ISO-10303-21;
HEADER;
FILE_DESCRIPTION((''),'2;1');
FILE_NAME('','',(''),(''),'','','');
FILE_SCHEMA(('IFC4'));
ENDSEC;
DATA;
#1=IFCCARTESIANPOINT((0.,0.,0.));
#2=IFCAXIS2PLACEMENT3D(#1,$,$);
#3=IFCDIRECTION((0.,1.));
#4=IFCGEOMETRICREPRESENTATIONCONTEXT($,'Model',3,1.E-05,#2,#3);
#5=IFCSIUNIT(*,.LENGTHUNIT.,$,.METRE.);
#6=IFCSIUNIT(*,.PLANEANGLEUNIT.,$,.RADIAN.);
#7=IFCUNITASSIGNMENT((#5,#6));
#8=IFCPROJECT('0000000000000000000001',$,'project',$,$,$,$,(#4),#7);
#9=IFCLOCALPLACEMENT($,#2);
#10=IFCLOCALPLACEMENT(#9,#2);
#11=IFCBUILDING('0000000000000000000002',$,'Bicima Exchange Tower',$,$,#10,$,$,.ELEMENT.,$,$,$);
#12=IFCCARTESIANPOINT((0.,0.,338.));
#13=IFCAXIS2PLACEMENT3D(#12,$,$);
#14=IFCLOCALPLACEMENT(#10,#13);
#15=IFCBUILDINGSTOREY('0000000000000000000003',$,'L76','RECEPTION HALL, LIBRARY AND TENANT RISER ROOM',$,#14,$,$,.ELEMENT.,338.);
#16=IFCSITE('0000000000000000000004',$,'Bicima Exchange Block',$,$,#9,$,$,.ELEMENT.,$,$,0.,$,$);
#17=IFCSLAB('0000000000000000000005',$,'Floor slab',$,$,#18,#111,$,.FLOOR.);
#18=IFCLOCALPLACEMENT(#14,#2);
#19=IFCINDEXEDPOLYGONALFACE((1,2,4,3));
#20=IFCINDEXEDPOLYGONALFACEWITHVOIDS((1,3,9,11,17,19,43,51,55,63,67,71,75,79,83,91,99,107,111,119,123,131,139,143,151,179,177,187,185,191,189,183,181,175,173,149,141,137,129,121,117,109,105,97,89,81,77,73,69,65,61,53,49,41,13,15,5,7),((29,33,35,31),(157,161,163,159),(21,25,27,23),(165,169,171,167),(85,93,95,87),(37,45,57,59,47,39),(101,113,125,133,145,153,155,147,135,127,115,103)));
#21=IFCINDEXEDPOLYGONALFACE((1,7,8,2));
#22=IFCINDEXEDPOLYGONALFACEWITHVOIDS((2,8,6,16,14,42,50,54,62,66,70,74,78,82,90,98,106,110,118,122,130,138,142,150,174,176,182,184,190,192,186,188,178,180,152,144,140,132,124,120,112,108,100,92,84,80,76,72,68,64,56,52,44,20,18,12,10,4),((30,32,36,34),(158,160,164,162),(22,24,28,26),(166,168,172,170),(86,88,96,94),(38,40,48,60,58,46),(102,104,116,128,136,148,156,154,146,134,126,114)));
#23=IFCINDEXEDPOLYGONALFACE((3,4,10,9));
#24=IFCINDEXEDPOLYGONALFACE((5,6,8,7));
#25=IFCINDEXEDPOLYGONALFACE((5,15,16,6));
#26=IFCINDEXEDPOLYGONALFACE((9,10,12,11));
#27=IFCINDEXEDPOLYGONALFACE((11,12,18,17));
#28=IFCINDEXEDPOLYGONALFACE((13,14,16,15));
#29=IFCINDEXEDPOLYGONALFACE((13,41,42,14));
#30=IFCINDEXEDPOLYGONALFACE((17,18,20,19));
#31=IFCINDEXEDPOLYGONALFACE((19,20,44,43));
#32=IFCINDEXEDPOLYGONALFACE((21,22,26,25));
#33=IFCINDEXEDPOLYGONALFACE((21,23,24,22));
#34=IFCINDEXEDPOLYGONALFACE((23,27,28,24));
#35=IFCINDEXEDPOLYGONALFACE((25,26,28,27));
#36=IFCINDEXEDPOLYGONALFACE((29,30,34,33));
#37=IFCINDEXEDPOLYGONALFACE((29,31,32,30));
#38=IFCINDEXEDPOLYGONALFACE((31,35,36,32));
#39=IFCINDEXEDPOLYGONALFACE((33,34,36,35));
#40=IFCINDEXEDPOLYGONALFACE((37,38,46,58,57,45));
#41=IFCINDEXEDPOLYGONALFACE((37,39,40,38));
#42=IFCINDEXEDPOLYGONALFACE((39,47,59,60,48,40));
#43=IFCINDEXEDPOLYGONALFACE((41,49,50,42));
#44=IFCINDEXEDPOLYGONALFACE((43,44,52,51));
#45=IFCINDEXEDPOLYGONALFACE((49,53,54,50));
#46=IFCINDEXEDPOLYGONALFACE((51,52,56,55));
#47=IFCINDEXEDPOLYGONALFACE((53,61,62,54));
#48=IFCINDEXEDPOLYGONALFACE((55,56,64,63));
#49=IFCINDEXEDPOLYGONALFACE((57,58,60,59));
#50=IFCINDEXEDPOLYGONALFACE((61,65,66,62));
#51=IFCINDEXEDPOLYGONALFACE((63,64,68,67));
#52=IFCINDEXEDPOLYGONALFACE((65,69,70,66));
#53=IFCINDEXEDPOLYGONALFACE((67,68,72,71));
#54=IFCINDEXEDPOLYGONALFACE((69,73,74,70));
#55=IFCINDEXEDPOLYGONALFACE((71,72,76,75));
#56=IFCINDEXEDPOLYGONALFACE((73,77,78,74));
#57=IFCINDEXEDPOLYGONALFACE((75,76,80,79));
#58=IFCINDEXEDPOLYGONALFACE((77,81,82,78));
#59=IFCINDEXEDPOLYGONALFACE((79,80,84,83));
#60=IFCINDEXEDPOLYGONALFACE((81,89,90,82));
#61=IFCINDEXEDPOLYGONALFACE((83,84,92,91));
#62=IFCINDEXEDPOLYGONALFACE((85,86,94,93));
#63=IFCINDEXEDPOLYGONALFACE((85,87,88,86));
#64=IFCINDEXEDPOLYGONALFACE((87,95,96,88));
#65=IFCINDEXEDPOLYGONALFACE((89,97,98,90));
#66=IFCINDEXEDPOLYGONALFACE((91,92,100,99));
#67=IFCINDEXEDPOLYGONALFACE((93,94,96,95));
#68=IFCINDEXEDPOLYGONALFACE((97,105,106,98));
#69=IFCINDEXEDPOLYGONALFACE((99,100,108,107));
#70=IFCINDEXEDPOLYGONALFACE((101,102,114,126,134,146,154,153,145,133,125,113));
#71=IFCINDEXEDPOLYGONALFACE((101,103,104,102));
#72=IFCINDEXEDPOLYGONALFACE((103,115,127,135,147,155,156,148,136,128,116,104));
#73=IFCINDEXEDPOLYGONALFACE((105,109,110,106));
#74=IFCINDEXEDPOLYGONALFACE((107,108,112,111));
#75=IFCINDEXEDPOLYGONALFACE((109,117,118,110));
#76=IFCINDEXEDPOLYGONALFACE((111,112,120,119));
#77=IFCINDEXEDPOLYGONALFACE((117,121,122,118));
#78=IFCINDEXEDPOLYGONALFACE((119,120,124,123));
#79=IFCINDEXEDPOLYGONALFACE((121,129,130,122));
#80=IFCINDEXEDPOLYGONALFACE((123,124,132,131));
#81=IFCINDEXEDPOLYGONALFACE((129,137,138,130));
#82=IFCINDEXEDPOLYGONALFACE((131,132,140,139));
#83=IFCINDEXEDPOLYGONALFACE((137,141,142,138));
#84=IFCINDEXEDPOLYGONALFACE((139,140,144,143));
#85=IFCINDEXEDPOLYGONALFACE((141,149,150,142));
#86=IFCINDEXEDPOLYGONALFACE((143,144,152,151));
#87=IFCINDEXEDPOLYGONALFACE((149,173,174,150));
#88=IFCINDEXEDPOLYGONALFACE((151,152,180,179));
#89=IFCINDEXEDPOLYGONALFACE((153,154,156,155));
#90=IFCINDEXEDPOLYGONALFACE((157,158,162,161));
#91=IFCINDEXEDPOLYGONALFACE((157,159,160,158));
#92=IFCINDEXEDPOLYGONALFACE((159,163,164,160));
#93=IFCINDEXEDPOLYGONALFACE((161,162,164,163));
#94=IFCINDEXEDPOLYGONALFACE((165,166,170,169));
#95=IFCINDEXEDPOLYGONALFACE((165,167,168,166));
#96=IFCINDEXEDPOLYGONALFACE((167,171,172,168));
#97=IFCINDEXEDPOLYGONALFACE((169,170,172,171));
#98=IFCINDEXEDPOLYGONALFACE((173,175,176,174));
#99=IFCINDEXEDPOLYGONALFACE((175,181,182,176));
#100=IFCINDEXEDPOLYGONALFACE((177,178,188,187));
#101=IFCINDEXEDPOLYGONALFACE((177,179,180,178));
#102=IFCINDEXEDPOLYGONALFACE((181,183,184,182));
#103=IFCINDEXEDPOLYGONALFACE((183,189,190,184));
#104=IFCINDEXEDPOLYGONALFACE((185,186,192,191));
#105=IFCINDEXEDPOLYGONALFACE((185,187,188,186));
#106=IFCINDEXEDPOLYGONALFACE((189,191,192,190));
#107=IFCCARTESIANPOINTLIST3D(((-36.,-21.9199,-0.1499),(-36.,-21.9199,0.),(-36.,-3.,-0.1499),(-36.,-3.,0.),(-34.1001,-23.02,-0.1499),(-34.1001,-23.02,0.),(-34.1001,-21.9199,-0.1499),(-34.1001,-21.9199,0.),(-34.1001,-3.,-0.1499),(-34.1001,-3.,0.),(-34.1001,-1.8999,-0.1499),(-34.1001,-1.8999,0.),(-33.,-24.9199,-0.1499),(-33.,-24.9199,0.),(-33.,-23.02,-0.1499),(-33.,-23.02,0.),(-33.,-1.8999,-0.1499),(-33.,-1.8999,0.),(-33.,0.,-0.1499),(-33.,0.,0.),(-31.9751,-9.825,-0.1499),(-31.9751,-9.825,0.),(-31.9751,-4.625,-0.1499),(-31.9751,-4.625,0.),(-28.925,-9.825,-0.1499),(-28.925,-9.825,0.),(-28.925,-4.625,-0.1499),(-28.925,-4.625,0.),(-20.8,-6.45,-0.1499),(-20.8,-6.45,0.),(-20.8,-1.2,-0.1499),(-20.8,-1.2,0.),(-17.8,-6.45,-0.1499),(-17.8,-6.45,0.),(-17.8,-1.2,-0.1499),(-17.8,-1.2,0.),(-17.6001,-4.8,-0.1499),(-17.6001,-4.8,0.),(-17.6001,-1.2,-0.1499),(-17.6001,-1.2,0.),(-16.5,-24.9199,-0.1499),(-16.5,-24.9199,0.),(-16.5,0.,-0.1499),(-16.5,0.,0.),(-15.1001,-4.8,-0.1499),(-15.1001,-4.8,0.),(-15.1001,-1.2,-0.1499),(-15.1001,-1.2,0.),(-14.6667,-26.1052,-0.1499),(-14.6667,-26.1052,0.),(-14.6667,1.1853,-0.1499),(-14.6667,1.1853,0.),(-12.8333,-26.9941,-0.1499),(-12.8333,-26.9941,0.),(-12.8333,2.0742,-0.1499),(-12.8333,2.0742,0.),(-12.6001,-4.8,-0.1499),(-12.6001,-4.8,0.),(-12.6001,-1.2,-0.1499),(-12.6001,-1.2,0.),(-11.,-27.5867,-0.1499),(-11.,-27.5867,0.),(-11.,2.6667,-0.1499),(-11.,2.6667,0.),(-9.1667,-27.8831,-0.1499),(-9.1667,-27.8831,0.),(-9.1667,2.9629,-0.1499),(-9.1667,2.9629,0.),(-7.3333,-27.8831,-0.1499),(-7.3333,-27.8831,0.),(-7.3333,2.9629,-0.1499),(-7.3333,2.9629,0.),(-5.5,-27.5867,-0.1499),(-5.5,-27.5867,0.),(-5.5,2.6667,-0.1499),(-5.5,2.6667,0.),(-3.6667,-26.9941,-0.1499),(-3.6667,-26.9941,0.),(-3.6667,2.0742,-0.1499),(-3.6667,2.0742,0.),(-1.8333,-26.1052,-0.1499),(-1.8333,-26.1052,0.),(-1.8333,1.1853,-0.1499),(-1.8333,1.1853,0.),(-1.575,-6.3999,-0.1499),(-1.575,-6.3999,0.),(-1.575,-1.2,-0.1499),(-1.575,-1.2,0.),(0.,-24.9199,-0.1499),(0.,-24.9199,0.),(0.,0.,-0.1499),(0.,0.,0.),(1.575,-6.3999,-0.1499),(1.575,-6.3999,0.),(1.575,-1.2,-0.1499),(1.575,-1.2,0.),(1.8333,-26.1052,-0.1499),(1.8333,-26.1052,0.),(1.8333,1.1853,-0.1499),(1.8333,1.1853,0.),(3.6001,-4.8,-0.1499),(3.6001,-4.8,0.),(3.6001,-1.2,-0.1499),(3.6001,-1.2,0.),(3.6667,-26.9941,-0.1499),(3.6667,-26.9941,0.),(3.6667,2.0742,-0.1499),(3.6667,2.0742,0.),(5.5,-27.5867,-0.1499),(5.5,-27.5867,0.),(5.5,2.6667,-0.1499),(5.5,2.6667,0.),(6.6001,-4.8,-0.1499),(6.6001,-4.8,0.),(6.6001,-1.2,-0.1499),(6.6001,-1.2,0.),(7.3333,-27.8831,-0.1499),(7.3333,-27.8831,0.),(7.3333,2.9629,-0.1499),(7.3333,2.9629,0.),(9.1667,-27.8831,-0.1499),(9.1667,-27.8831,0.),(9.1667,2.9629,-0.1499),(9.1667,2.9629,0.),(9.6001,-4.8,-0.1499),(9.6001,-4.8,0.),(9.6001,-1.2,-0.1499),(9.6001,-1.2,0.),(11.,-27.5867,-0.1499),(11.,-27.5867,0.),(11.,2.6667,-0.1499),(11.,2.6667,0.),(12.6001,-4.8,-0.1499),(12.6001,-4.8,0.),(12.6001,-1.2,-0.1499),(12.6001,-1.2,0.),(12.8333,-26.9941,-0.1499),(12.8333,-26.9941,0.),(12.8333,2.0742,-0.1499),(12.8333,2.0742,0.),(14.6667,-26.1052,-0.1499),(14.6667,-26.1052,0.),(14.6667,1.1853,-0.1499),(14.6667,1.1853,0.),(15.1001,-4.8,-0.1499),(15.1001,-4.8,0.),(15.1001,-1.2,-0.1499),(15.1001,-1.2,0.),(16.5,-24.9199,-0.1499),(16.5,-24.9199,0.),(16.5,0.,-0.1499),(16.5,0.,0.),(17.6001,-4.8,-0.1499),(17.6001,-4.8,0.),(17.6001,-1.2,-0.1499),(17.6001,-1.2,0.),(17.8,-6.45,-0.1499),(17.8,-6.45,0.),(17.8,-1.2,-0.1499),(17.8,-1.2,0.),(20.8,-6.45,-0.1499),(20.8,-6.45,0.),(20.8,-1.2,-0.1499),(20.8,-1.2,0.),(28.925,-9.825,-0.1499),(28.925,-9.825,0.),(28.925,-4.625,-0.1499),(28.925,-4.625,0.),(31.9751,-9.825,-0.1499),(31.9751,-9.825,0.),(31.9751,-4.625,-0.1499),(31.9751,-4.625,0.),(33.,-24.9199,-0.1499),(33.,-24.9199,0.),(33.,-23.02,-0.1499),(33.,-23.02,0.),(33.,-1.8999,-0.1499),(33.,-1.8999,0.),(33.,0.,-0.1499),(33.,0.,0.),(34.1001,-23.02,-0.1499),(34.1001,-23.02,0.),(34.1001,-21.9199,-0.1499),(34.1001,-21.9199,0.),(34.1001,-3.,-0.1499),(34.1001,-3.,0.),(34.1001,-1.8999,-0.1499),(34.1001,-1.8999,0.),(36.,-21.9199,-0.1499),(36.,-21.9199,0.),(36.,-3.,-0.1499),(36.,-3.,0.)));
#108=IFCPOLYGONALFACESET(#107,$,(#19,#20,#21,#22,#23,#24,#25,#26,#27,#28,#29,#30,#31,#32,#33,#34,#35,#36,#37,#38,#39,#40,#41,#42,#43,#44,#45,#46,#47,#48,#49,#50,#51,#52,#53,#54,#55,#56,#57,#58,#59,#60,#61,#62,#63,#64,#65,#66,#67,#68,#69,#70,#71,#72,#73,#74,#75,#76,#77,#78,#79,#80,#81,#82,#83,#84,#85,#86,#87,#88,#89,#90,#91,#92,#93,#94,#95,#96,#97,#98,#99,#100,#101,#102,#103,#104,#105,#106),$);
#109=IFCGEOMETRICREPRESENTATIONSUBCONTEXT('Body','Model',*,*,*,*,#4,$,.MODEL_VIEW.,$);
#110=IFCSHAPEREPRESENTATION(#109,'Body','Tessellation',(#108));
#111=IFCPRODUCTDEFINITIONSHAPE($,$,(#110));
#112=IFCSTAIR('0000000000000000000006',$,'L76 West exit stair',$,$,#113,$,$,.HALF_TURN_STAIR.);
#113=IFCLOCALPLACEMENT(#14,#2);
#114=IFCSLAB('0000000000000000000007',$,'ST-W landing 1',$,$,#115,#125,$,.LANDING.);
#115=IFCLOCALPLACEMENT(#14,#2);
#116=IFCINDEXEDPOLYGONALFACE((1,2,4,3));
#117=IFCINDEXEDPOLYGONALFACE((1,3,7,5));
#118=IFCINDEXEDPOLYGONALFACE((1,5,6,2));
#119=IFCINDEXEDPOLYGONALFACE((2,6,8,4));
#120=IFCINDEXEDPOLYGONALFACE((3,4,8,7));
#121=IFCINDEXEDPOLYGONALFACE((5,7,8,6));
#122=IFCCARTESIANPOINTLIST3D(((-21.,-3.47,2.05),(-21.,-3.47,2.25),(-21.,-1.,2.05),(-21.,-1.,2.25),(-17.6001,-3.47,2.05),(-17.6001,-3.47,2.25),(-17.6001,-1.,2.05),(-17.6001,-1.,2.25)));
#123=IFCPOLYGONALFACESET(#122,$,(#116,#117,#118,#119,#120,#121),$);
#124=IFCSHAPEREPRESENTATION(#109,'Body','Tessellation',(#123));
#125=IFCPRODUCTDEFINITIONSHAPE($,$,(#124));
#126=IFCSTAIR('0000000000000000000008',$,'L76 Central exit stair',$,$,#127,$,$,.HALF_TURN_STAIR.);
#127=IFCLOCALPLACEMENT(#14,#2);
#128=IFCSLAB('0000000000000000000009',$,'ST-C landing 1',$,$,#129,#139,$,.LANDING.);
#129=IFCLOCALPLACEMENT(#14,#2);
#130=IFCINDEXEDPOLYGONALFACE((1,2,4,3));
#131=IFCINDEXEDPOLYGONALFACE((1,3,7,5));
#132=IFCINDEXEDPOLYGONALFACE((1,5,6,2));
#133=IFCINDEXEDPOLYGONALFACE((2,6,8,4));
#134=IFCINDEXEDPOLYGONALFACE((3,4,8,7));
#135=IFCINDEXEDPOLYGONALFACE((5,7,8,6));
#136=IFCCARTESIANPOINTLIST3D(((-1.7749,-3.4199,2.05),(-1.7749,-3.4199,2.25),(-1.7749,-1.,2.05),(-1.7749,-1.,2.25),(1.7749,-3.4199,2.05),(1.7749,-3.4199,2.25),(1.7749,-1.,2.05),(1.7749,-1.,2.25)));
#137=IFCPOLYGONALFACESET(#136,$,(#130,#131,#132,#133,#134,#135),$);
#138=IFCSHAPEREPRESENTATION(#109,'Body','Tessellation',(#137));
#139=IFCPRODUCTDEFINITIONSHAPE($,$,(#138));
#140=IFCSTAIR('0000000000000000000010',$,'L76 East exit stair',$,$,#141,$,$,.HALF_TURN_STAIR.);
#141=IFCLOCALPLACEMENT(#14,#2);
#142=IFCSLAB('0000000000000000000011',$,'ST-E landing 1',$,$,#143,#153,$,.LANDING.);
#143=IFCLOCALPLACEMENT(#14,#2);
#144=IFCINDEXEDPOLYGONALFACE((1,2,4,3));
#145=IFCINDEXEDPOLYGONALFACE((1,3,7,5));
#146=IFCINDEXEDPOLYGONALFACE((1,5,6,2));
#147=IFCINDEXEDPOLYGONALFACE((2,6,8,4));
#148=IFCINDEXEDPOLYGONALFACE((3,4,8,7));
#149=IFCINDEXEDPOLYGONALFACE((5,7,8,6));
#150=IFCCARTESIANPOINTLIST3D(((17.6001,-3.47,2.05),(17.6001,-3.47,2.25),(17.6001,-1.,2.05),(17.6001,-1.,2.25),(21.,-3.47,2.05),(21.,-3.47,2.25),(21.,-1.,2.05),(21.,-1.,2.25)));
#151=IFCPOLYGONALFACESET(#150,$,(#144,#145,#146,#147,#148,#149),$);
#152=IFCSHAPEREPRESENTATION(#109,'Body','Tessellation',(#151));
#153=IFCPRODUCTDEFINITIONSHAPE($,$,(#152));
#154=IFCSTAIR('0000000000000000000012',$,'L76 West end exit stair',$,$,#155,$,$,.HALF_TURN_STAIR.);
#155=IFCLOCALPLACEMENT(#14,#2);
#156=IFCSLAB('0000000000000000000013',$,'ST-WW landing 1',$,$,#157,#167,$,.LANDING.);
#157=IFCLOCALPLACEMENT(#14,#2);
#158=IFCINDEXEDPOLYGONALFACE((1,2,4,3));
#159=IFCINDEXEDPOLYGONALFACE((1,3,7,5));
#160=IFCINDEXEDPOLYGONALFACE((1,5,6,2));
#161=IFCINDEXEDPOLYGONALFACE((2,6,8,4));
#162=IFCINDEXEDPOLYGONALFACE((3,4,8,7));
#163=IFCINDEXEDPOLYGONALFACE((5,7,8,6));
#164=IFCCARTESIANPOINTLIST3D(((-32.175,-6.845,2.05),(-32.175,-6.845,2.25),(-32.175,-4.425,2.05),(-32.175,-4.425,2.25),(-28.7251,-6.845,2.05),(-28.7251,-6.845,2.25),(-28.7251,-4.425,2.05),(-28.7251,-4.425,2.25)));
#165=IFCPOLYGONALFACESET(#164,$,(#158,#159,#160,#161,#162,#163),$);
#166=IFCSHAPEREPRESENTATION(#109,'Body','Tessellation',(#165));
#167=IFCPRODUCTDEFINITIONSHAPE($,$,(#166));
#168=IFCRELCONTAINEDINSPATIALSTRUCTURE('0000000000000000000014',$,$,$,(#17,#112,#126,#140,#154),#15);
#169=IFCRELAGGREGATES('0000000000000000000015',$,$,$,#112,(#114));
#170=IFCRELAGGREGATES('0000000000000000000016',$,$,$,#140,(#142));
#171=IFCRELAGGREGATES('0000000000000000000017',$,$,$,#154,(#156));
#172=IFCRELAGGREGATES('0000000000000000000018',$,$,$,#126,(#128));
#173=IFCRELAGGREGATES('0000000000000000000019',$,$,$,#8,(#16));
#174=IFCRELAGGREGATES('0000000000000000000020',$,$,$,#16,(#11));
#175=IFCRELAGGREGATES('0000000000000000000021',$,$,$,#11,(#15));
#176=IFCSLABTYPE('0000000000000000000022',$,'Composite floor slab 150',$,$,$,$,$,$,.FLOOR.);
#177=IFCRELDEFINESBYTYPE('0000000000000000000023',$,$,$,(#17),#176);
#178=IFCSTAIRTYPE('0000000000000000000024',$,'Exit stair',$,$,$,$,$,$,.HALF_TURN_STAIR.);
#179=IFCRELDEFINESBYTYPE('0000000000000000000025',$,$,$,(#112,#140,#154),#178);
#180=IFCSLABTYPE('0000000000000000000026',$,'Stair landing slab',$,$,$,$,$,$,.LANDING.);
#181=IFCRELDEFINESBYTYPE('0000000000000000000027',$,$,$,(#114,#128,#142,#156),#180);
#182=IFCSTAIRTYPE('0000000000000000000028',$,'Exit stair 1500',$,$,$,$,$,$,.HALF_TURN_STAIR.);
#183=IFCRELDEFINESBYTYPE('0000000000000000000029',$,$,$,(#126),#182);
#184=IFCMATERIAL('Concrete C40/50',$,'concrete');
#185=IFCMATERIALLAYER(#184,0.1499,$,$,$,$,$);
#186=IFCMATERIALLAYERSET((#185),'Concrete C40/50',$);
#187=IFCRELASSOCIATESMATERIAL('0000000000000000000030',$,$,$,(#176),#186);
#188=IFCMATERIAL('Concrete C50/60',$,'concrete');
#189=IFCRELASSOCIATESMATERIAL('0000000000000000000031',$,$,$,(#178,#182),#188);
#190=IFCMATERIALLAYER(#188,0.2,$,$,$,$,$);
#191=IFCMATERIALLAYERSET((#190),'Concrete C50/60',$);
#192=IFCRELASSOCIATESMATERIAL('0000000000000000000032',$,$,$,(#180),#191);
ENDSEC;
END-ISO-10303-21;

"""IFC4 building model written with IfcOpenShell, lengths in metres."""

from ifc_helpers import new_model, si_unit, direction, frame, origin, place, context, subcontext, project, spatial, polyline, outline, extrude, material, layer, layer_set, type_object, element, aggregate, save


model = new_model("IFC4")

# Units and contexts
model_context = context("Model", 3, precision=1e-05, world=origin(), true_north=direction((0.0, 1.0)))
body_context = subcontext(model_context, "Body", "Model", "MODEL_VIEW")
ifc_project = project(units=[si_unit("LENGTHUNIT", "METRE"), si_unit("PLANEANGLEUNIT", "RADIAN")], contexts=[model_context])

# Site, building, storey
site_placement = place(None, origin())
site = spatial("IfcSite", under=ifc_project, at=site_placement, Name="Bicima Exchange Block", CompositionType="ELEMENT", RefElevation=0.0)
building_placement = place(site_placement, origin())
building = spatial("IfcBuilding", under=site, at=building_placement, Name="Bicima Exchange Tower", CompositionType="ELEMENT")
storey_placement = place(building_placement, frame((0.0, 0.0, 338.0)))
storey = spatial("IfcBuildingStorey", under=building, at=storey_placement, Name="L76", Description="RECEPTION HALL, LIBRARY AND TENANT RISER ROOM", CompositionType="ELEMENT", Elevation=338.0)

# Slab
ifc_material_1 = material(Name="Concrete C40/50", Category="concrete")
ifc_layer_1 = layer(ifc_material_1, 0.1499)
ifc_layer_set_1 = layer_set([ifc_layer_1], Name="Concrete C40/50")
slab_type_1 = type_object("IfcSlabType", Name="Composite floor slab 150", PredefinedType="FLOOR", material=ifc_layer_set_1)
slab_1_placement = place(storey_placement, frame((0.0, 0.0, -0.1499)))
element("IfcSlab", 1, at=slab_1_placement, inside=storey, type_object=slab_type_1, Name="Floor slab", PredefinedType="FLOOR", context=body_context, shape_type="SweptSolid", body=[
    extrude(outline(polyline([(-36.0, -21.9199), (-36.0, -3.0), (-34.1001, -3.0), (-34.1001, -1.8999), (-33.0, -1.8999), (-33.0, 0.0), (-16.5, 0.0), (-14.6667, 1.1853), (-12.8333, 2.0742), (-11.0, 2.6667), (-9.1667, 2.9629), (-7.3333, 2.9629), (-5.5, 2.6667), (-3.6667, 2.0742), (-1.8333, 1.1853), (0.0, 0.0), (1.8333, 1.1853), (3.6667, 2.0742), (5.5, 2.6667), (7.3333, 2.9629), (9.1667, 2.9629), (11.0, 2.6667), (12.8333, 2.0742), (14.6667, 1.1853), (16.5, 0.0), (33.0, 0.0), (33.0, -1.8999), (34.1001, -1.8999), (34.1001, -3.0), (36.0, -3.0), (36.0, -21.9199), (34.1001, -21.9199), (34.1001, -23.02), (33.0, -23.02), (33.0, -24.9199), (16.5, -24.9199), (14.6667, -26.1052), (12.8333, -26.9941), (11.0, -27.5867), (9.1667, -27.8831), (7.3333, -27.8831), (5.5, -27.5867), (3.6667, -26.9941), (1.8333, -26.1052), (0.0, -24.9199), (-1.8333, -26.1052), (-3.6667, -26.9941), (-5.5, -27.5867), (-7.3333, -27.8831), (-9.1667, -27.8831), (-11.0, -27.5867), (-12.8333, -26.9941), (-14.6667, -26.1052), (-16.5, -24.9199), (-33.0, -24.9199), (-33.0, -23.02), (-34.1001, -23.02), (-34.1001, -21.9199), (-36.0, -21.9199)]), holes=[polyline([(-28.925, -9.825), (-28.925, -4.625), (-31.9751, -4.625), (-31.9751, -9.825), (-28.925, -9.825)]), polyline([(-20.8, -6.45), (-17.8, -6.45), (-17.8, -1.2), (-20.8, -1.2), (-20.8, -6.45)]), polyline([(-1.575, -6.3999), (1.575, -6.3999), (1.575, -1.2), (-1.575, -1.2), (-1.575, -6.3999)]), polyline([(-12.6001, -1.2), (-15.1001, -1.2), (-17.6001, -1.2), (-17.6001, -4.8), (-15.1001, -4.8), (-12.6001, -4.8), (-12.6001, -1.2)]), polyline([(3.6001, -4.8), (6.6001, -4.8), (9.6001, -4.8), (12.6001, -4.8), (15.1001, -4.8), (17.6001, -4.8), (17.6001, -1.2), (15.1001, -1.2), (12.6001, -1.2), (9.6001, -1.2), (6.6001, -1.2), (3.6001, -1.2), (3.6001, -4.8)]), polyline([(31.9751, -9.825), (31.9751, -4.625), (28.925, -4.625), (28.925, -9.825), (31.9751, -9.825)]), polyline([(17.8, -6.45), (20.8, -6.45), (20.8, -1.2), (17.8, -1.2), (17.8, -6.45)])]), origin(), (0.0, 0.0, 1.0), 0.1499),
])

# Stairs, slabs
ifc_material_2 = material(Name="Concrete C50/60", Category="concrete")
stair_type_1 = type_object("IfcStairType", Name="Exit stair", PredefinedType="HALF_TURN_STAIR", material=ifc_material_2)
stair_1_placement = place(storey_placement, origin())
stair_1 = element("IfcStair", 2, at=stair_1_placement, inside=storey, type_object=stair_type_1, Name="L76 West exit stair", PredefinedType="HALF_TURN_STAIR")
ifc_layer_2 = layer(ifc_material_2, 0.2)
ifc_layer_set_2 = layer_set([ifc_layer_2], Name="Concrete C50/60")
slab_type_2 = type_object("IfcSlabType", Name="Stair landing slab", PredefinedType="LANDING", material=ifc_layer_set_2)
slab_2_placement = place(storey_placement, frame((0.0, 0.0, 2.05)))
slab_2 = element("IfcSlab", 3, at=slab_2_placement, type_object=slab_type_2, Name="ST-W landing 1", PredefinedType="LANDING", context=body_context, shape_type="SweptSolid", body=[
    extrude(outline(polyline([(-17.6001, -3.47), (-17.6001, -1.0), (-21.0, -1.0), (-21.0, -3.47), (-17.6001, -3.47)])), origin(), (0.0, 0.0, 1.0), 0.2),
])
aggregate(stair_1, [slab_2])
stair_type_2 = type_object("IfcStairType", Name="Exit stair 1500", PredefinedType="HALF_TURN_STAIR", material=ifc_material_2)
stair_2_placement = place(storey_placement, origin())
stair_2 = element("IfcStair", 4, at=stair_2_placement, inside=storey, type_object=stair_type_2, Name="L76 Central exit stair", PredefinedType="HALF_TURN_STAIR")
slab_3_placement = place(storey_placement, frame((0.0, 0.0, 2.05)))
slab_3 = element("IfcSlab", 5, at=slab_3_placement, type_object=slab_type_2, Name="ST-C landing 1", PredefinedType="LANDING", context=body_context, shape_type="SweptSolid", body=[
    extrude(outline(polyline([(1.7749, -3.4199), (1.7749, -1.0), (-1.7749, -1.0), (-1.7749, -3.4199), (1.7749, -3.4199)])), origin(), (0.0, 0.0, 1.0), 0.2),
])
stair_3_placement = place(storey_placement, origin())
stair_3 = element("IfcStair", 6, at=stair_3_placement, inside=storey, type_object=stair_type_1, Name="L76 East exit stair", PredefinedType="HALF_TURN_STAIR")
slab_4_placement = place(storey_placement, frame((0.0, 0.0, 2.05)))
slab_4 = element("IfcSlab", 7, at=slab_4_placement, type_object=slab_type_2, Name="ST-E landing 1", PredefinedType="LANDING", context=body_context, shape_type="SweptSolid", body=[
    extrude(outline(polyline([(21.0, -3.47), (21.0, -1.0), (17.6001, -1.0), (17.6001, -3.47), (21.0, -3.47)])), origin(), (0.0, 0.0, 1.0), 0.2),
])
aggregate(stair_3, [slab_4])
stair_4_placement = place(storey_placement, origin())
stair_4 = element("IfcStair", 8, at=stair_4_placement, inside=storey, type_object=stair_type_1, Name="L76 West end exit stair", PredefinedType="HALF_TURN_STAIR")
slab_5_placement = place(storey_placement, frame((0.0, 0.0, 2.05)))
slab_5 = element("IfcSlab", 9, at=slab_5_placement, type_object=slab_type_2, Name="ST-WW landing 1", PredefinedType="LANDING", context=body_context, shape_type="SweptSolid", body=[
    extrude(outline(polyline([(-28.7251, -6.845), (-28.7251, -4.425), (-32.175, -4.425), (-32.175, -6.845), (-28.7251, -6.845)])), origin(), (0.0, 0.0, 1.0), 0.2),
])
aggregate(stair_4, [slab_5])

aggregate(stair_2, [slab_3])

save(model, "model.ifc")
